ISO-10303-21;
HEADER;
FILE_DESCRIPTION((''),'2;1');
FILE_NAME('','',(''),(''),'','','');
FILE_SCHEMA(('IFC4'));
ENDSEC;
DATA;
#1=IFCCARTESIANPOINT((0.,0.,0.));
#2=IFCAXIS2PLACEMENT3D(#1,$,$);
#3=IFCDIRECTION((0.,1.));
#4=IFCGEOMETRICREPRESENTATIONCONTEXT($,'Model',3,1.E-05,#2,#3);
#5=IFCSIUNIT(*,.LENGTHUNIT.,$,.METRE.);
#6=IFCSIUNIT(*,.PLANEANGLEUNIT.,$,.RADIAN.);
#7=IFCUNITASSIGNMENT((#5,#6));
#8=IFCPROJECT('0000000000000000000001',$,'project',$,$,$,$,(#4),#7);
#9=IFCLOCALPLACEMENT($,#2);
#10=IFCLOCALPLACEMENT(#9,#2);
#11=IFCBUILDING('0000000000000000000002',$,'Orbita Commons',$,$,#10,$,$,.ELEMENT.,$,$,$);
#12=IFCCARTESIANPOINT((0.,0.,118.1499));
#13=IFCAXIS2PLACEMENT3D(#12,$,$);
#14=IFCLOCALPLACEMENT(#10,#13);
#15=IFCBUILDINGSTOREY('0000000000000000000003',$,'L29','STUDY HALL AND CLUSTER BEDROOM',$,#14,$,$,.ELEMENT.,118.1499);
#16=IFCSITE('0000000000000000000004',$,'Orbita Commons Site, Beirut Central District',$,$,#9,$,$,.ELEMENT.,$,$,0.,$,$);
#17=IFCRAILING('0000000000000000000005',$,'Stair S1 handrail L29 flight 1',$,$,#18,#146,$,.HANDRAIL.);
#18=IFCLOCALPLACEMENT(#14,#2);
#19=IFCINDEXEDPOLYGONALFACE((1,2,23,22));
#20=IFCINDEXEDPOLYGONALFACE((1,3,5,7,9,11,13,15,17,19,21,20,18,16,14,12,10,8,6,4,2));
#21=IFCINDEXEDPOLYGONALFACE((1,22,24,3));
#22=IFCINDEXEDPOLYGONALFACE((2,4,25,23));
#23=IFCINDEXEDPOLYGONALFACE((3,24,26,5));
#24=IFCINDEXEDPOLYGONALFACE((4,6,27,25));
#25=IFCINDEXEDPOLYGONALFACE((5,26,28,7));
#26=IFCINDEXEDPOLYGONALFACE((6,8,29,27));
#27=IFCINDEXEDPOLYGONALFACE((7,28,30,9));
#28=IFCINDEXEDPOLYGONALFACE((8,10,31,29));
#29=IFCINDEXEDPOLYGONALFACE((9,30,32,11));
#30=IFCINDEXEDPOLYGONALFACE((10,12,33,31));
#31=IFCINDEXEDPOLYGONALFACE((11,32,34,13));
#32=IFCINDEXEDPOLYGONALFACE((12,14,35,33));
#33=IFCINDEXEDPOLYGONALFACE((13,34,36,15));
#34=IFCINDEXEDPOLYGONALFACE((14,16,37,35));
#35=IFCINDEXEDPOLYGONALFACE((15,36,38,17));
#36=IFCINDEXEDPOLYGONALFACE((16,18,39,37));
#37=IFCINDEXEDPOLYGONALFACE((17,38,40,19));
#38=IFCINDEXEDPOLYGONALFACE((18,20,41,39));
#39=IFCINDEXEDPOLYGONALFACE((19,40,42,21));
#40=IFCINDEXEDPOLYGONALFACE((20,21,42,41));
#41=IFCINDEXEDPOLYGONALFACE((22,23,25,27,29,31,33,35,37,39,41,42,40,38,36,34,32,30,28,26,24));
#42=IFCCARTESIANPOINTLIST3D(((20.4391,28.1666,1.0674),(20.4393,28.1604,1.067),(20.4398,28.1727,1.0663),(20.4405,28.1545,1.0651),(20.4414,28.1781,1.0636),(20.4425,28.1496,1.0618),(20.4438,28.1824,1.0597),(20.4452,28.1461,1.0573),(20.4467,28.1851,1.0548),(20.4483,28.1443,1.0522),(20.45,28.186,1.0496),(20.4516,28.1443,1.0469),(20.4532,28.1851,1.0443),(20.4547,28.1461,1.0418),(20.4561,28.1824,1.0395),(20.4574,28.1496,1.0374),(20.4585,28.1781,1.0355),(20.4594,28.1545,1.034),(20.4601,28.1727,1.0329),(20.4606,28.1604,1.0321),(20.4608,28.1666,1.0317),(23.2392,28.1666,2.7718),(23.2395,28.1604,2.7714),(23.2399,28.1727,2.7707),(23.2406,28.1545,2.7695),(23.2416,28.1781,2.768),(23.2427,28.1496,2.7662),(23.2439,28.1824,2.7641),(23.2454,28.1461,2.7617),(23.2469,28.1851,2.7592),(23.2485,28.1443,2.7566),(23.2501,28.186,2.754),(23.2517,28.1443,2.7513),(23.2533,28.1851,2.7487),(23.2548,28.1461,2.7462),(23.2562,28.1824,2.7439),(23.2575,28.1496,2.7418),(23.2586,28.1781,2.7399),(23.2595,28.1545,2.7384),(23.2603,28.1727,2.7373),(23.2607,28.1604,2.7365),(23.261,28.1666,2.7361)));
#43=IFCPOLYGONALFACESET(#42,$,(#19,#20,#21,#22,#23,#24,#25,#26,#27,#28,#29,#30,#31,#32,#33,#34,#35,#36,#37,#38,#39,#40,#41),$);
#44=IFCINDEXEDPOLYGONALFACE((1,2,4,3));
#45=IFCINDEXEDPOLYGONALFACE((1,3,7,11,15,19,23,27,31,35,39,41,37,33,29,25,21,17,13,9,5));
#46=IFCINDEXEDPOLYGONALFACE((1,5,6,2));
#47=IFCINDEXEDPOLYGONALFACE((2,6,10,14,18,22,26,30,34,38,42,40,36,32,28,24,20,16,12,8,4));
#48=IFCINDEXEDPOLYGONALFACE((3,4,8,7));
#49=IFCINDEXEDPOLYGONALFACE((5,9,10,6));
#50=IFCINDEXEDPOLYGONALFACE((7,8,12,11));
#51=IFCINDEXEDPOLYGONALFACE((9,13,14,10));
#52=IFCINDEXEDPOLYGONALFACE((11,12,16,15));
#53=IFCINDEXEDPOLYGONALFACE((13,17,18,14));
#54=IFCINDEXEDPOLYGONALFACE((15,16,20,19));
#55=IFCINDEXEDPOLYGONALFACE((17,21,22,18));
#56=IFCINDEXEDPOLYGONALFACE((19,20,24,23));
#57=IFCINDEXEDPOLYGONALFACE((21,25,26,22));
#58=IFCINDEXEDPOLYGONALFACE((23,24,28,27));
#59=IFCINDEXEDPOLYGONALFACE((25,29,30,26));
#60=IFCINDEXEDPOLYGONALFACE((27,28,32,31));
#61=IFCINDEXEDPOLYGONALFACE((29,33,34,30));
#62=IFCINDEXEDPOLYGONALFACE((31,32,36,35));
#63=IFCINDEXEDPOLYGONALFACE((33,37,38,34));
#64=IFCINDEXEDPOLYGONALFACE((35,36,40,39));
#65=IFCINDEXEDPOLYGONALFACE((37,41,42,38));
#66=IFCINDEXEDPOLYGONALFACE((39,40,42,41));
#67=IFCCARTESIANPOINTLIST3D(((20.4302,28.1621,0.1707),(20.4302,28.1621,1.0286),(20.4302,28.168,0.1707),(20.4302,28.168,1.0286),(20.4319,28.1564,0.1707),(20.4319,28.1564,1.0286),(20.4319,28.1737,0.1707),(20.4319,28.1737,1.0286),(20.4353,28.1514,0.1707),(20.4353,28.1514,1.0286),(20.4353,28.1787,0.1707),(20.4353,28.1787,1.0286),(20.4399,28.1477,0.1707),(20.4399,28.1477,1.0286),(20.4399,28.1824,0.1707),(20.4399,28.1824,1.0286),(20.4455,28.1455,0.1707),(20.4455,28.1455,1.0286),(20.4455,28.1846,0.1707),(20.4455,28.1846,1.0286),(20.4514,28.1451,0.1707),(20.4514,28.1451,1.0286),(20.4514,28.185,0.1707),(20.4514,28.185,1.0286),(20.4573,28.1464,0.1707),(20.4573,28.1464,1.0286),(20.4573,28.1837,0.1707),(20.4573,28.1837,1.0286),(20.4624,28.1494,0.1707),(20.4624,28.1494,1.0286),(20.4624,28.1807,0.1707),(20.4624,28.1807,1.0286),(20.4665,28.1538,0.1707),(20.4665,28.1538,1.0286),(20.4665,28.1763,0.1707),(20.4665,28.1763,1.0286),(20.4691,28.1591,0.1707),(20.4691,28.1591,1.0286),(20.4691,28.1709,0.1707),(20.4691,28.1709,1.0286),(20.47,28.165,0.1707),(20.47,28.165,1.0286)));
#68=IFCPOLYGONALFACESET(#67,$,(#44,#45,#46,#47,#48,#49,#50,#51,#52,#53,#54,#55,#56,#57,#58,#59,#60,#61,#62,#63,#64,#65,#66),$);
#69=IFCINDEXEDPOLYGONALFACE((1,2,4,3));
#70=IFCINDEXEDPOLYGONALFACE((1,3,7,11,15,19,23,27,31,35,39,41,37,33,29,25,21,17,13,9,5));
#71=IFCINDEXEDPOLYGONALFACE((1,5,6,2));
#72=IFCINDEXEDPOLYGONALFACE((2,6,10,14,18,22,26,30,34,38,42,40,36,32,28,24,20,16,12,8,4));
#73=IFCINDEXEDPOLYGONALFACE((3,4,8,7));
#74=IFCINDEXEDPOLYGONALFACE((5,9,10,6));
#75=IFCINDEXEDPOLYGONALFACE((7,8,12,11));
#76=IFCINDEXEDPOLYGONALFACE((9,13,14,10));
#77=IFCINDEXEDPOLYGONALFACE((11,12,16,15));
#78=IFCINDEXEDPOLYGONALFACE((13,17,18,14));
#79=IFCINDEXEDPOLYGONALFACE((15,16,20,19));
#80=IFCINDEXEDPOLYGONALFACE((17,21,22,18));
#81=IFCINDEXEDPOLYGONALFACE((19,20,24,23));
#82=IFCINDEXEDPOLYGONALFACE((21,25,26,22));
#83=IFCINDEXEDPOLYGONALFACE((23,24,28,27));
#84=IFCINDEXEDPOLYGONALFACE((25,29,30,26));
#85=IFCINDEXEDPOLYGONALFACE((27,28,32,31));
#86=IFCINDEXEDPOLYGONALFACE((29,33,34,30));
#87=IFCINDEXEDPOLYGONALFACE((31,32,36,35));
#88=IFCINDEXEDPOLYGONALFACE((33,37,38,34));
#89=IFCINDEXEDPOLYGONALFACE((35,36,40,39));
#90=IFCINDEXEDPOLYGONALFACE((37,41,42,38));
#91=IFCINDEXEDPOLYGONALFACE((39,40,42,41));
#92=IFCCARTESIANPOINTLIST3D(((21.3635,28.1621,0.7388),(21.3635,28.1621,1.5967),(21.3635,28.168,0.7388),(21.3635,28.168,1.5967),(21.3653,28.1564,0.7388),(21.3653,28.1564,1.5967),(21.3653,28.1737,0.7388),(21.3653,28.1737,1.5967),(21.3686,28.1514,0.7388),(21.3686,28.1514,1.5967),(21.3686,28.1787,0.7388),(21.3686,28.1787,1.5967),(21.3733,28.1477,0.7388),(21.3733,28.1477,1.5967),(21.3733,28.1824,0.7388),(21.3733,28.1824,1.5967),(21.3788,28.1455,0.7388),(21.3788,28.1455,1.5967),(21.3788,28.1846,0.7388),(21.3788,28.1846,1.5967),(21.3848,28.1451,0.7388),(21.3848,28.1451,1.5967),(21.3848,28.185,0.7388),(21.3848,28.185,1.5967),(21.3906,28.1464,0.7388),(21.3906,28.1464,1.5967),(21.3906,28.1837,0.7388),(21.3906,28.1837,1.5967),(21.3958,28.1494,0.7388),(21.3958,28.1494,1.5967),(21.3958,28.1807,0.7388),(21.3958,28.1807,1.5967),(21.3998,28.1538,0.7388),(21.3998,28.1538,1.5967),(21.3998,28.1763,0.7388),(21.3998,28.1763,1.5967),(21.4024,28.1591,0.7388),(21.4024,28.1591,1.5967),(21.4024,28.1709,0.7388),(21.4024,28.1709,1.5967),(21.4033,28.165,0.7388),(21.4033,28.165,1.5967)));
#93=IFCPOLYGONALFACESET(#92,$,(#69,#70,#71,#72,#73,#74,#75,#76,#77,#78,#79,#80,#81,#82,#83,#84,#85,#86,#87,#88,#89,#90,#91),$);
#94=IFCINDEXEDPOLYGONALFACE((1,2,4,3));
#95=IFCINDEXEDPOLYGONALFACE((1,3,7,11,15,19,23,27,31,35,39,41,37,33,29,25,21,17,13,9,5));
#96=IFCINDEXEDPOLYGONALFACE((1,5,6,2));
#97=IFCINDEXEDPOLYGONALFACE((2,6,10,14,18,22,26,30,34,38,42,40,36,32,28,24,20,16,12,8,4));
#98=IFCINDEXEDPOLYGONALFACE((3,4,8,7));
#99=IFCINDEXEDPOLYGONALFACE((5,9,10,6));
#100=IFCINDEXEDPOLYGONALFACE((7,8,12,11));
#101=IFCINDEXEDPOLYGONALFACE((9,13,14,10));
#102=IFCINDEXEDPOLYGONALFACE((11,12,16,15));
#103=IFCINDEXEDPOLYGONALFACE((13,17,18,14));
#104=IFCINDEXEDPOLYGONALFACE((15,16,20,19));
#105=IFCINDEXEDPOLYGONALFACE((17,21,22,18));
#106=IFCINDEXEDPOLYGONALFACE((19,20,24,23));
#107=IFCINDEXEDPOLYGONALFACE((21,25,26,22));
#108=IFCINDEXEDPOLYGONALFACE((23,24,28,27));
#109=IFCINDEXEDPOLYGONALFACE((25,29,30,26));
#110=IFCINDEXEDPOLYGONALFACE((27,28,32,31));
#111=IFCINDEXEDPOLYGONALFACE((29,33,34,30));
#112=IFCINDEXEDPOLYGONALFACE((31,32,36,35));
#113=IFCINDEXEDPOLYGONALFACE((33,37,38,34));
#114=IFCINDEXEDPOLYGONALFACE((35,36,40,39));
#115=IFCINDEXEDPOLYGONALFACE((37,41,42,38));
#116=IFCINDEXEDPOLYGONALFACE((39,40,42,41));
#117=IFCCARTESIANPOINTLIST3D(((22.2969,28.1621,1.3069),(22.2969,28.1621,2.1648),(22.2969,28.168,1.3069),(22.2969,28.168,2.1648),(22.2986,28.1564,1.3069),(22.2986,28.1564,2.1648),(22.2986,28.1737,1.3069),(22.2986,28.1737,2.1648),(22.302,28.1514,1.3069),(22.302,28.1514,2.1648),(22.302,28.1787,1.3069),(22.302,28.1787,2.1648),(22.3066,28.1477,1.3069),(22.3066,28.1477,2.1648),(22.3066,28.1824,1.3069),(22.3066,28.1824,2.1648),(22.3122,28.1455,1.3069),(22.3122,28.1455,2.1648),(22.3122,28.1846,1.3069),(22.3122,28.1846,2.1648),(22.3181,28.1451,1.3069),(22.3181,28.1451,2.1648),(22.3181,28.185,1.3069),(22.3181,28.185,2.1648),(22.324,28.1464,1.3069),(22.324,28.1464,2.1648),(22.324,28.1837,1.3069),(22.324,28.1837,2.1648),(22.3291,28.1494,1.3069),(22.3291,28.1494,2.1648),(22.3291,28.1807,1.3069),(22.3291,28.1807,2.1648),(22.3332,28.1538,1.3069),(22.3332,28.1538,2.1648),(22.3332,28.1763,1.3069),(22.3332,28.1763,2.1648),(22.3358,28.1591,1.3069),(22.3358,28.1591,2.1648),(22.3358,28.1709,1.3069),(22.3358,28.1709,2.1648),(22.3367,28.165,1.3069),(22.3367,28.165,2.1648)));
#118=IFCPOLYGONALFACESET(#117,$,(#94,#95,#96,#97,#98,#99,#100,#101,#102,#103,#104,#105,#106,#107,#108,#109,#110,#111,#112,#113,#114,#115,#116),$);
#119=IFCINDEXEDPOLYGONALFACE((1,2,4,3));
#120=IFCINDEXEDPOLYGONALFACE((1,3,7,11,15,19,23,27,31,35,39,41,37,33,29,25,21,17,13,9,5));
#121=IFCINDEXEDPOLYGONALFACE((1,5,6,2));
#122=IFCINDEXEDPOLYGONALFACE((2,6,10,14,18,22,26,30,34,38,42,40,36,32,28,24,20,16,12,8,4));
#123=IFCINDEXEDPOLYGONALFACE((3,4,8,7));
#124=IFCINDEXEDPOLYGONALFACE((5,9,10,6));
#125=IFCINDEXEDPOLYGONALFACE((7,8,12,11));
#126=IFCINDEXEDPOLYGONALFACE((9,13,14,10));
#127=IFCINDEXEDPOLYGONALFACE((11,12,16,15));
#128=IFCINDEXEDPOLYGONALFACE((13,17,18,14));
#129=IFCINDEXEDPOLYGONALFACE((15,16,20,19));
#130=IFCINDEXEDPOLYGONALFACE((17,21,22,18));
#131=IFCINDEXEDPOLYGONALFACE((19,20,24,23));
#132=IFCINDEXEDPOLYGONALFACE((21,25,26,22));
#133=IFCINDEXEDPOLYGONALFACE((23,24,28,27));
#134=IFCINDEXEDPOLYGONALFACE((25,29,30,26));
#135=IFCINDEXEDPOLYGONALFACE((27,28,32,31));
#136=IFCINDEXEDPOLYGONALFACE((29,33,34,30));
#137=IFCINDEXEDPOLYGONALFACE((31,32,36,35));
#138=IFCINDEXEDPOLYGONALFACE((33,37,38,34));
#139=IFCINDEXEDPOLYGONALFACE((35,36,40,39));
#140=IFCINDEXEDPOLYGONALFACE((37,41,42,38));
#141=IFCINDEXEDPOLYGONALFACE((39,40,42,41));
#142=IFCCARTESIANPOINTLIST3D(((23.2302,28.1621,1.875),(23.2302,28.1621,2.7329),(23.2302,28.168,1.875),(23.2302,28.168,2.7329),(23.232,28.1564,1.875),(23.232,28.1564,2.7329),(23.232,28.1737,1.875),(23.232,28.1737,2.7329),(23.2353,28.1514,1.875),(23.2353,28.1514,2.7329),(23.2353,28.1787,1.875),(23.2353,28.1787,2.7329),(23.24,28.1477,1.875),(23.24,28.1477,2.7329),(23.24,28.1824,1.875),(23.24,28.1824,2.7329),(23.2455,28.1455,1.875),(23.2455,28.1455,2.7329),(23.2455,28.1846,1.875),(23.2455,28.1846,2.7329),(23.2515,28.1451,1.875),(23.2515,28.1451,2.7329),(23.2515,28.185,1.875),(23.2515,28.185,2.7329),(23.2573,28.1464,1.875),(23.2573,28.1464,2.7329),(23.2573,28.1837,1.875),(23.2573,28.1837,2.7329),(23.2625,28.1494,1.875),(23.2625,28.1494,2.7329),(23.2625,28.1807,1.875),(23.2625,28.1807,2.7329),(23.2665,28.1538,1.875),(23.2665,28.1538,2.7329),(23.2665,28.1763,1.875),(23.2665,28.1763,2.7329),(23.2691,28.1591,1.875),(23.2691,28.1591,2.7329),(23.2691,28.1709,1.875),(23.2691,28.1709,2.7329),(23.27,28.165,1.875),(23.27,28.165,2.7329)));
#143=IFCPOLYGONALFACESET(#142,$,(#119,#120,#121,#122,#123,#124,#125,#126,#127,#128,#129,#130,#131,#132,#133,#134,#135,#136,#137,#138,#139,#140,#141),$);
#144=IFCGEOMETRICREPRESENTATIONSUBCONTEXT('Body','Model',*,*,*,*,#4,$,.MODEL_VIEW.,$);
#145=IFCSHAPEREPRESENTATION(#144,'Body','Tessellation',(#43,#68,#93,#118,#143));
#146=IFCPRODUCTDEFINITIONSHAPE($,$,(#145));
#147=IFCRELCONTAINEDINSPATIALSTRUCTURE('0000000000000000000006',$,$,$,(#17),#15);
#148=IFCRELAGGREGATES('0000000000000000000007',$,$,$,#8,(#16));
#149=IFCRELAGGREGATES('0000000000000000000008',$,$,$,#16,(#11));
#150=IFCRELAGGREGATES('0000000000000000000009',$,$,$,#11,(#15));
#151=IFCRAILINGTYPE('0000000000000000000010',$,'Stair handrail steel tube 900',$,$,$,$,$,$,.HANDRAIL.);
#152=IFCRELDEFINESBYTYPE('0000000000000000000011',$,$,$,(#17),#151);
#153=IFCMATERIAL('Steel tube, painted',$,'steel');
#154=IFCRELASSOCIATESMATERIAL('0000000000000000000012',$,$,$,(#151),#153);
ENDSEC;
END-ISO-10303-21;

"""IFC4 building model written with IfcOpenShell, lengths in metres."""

from ifc_helpers import new_model, si_unit, direction, frame, origin, origin_2d, place, context, subcontext, project, spatial, circle, extrude, material, type_object, element, save


model = new_model("IFC4")

# Units and contexts
model_context = context("Model", 3, precision=1e-05, world=origin(), true_north=direction((0.0, 1.0)))
body_context = subcontext(model_context, "Body", "Model", "MODEL_VIEW")
ifc_project = project(units=[si_unit("LENGTHUNIT", "METRE"), si_unit("PLANEANGLEUNIT", "RADIAN")], contexts=[model_context])

# Site, building, storey
site_placement = place(None, origin())
site = spatial("IfcSite", under=ifc_project, at=site_placement, Name="Orbita Commons Site, Beirut Central District", CompositionType="ELEMENT", RefElevation=0.0)
building_placement = place(site_placement, origin())
building = spatial("IfcBuilding", under=site, at=building_placement, Name="Orbita Commons", CompositionType="ELEMENT")
storey_placement = place(building_placement, frame((0.0, 0.0, 118.1499)))
storey = spatial("IfcBuildingStorey", under=building, at=storey_placement, Name="L29", Description="STUDY HALL AND CLUSTER BEDROOM", CompositionType="ELEMENT", Elevation=118.1499)

# Railing
ifc_material_1 = material(Name="Steel tube, painted", Category="steel")
railing_type = type_object("IfcRailingType", Name="Stair handrail steel tube 900", PredefinedType="HANDRAIL", material=ifc_material_1)
railing_placement = place(storey_placement, frame((20.45, 28.165, 0.1707)))
element("IfcRailing", 1, at=railing_placement, inside=storey, type_object=railing_type, Name="Stair S1 handrail L29 flight 1", PredefinedType="HANDRAIL", context=body_context, shape_type="SweptSolid", body=[
    extrude(circle(Radius=0.021, at=origin_2d()), frame((0.0, 0.0, 0.8789), z_axis=(0.854203, 0.0, 0.51994), x_axis=(0.0, 1.0, 0.0)), (0.0, 0.0, 1.0), 3.2781),
    extrude(circle(Radius=0.02, at=origin_2d()), origin(), (0.0, 0.0, 1.0), 0.8579),
    extrude(circle(Radius=0.02, at=origin_2d()), frame((0.9333, 0.0, 0.5681)), (0.0, 0.0, 1.0), 0.8579),
    extrude(circle(Radius=0.02, at=origin_2d()), frame((1.8667, 0.0, 1.1362)), (0.0, 0.0, 1.0), 0.8579),
    extrude(circle(Radius=0.02, at=origin_2d()), frame((2.8, 0.0, 1.7043)), (0.0, 0.0, 1.0), 0.8579),
])

save(model, "model.ifc")
